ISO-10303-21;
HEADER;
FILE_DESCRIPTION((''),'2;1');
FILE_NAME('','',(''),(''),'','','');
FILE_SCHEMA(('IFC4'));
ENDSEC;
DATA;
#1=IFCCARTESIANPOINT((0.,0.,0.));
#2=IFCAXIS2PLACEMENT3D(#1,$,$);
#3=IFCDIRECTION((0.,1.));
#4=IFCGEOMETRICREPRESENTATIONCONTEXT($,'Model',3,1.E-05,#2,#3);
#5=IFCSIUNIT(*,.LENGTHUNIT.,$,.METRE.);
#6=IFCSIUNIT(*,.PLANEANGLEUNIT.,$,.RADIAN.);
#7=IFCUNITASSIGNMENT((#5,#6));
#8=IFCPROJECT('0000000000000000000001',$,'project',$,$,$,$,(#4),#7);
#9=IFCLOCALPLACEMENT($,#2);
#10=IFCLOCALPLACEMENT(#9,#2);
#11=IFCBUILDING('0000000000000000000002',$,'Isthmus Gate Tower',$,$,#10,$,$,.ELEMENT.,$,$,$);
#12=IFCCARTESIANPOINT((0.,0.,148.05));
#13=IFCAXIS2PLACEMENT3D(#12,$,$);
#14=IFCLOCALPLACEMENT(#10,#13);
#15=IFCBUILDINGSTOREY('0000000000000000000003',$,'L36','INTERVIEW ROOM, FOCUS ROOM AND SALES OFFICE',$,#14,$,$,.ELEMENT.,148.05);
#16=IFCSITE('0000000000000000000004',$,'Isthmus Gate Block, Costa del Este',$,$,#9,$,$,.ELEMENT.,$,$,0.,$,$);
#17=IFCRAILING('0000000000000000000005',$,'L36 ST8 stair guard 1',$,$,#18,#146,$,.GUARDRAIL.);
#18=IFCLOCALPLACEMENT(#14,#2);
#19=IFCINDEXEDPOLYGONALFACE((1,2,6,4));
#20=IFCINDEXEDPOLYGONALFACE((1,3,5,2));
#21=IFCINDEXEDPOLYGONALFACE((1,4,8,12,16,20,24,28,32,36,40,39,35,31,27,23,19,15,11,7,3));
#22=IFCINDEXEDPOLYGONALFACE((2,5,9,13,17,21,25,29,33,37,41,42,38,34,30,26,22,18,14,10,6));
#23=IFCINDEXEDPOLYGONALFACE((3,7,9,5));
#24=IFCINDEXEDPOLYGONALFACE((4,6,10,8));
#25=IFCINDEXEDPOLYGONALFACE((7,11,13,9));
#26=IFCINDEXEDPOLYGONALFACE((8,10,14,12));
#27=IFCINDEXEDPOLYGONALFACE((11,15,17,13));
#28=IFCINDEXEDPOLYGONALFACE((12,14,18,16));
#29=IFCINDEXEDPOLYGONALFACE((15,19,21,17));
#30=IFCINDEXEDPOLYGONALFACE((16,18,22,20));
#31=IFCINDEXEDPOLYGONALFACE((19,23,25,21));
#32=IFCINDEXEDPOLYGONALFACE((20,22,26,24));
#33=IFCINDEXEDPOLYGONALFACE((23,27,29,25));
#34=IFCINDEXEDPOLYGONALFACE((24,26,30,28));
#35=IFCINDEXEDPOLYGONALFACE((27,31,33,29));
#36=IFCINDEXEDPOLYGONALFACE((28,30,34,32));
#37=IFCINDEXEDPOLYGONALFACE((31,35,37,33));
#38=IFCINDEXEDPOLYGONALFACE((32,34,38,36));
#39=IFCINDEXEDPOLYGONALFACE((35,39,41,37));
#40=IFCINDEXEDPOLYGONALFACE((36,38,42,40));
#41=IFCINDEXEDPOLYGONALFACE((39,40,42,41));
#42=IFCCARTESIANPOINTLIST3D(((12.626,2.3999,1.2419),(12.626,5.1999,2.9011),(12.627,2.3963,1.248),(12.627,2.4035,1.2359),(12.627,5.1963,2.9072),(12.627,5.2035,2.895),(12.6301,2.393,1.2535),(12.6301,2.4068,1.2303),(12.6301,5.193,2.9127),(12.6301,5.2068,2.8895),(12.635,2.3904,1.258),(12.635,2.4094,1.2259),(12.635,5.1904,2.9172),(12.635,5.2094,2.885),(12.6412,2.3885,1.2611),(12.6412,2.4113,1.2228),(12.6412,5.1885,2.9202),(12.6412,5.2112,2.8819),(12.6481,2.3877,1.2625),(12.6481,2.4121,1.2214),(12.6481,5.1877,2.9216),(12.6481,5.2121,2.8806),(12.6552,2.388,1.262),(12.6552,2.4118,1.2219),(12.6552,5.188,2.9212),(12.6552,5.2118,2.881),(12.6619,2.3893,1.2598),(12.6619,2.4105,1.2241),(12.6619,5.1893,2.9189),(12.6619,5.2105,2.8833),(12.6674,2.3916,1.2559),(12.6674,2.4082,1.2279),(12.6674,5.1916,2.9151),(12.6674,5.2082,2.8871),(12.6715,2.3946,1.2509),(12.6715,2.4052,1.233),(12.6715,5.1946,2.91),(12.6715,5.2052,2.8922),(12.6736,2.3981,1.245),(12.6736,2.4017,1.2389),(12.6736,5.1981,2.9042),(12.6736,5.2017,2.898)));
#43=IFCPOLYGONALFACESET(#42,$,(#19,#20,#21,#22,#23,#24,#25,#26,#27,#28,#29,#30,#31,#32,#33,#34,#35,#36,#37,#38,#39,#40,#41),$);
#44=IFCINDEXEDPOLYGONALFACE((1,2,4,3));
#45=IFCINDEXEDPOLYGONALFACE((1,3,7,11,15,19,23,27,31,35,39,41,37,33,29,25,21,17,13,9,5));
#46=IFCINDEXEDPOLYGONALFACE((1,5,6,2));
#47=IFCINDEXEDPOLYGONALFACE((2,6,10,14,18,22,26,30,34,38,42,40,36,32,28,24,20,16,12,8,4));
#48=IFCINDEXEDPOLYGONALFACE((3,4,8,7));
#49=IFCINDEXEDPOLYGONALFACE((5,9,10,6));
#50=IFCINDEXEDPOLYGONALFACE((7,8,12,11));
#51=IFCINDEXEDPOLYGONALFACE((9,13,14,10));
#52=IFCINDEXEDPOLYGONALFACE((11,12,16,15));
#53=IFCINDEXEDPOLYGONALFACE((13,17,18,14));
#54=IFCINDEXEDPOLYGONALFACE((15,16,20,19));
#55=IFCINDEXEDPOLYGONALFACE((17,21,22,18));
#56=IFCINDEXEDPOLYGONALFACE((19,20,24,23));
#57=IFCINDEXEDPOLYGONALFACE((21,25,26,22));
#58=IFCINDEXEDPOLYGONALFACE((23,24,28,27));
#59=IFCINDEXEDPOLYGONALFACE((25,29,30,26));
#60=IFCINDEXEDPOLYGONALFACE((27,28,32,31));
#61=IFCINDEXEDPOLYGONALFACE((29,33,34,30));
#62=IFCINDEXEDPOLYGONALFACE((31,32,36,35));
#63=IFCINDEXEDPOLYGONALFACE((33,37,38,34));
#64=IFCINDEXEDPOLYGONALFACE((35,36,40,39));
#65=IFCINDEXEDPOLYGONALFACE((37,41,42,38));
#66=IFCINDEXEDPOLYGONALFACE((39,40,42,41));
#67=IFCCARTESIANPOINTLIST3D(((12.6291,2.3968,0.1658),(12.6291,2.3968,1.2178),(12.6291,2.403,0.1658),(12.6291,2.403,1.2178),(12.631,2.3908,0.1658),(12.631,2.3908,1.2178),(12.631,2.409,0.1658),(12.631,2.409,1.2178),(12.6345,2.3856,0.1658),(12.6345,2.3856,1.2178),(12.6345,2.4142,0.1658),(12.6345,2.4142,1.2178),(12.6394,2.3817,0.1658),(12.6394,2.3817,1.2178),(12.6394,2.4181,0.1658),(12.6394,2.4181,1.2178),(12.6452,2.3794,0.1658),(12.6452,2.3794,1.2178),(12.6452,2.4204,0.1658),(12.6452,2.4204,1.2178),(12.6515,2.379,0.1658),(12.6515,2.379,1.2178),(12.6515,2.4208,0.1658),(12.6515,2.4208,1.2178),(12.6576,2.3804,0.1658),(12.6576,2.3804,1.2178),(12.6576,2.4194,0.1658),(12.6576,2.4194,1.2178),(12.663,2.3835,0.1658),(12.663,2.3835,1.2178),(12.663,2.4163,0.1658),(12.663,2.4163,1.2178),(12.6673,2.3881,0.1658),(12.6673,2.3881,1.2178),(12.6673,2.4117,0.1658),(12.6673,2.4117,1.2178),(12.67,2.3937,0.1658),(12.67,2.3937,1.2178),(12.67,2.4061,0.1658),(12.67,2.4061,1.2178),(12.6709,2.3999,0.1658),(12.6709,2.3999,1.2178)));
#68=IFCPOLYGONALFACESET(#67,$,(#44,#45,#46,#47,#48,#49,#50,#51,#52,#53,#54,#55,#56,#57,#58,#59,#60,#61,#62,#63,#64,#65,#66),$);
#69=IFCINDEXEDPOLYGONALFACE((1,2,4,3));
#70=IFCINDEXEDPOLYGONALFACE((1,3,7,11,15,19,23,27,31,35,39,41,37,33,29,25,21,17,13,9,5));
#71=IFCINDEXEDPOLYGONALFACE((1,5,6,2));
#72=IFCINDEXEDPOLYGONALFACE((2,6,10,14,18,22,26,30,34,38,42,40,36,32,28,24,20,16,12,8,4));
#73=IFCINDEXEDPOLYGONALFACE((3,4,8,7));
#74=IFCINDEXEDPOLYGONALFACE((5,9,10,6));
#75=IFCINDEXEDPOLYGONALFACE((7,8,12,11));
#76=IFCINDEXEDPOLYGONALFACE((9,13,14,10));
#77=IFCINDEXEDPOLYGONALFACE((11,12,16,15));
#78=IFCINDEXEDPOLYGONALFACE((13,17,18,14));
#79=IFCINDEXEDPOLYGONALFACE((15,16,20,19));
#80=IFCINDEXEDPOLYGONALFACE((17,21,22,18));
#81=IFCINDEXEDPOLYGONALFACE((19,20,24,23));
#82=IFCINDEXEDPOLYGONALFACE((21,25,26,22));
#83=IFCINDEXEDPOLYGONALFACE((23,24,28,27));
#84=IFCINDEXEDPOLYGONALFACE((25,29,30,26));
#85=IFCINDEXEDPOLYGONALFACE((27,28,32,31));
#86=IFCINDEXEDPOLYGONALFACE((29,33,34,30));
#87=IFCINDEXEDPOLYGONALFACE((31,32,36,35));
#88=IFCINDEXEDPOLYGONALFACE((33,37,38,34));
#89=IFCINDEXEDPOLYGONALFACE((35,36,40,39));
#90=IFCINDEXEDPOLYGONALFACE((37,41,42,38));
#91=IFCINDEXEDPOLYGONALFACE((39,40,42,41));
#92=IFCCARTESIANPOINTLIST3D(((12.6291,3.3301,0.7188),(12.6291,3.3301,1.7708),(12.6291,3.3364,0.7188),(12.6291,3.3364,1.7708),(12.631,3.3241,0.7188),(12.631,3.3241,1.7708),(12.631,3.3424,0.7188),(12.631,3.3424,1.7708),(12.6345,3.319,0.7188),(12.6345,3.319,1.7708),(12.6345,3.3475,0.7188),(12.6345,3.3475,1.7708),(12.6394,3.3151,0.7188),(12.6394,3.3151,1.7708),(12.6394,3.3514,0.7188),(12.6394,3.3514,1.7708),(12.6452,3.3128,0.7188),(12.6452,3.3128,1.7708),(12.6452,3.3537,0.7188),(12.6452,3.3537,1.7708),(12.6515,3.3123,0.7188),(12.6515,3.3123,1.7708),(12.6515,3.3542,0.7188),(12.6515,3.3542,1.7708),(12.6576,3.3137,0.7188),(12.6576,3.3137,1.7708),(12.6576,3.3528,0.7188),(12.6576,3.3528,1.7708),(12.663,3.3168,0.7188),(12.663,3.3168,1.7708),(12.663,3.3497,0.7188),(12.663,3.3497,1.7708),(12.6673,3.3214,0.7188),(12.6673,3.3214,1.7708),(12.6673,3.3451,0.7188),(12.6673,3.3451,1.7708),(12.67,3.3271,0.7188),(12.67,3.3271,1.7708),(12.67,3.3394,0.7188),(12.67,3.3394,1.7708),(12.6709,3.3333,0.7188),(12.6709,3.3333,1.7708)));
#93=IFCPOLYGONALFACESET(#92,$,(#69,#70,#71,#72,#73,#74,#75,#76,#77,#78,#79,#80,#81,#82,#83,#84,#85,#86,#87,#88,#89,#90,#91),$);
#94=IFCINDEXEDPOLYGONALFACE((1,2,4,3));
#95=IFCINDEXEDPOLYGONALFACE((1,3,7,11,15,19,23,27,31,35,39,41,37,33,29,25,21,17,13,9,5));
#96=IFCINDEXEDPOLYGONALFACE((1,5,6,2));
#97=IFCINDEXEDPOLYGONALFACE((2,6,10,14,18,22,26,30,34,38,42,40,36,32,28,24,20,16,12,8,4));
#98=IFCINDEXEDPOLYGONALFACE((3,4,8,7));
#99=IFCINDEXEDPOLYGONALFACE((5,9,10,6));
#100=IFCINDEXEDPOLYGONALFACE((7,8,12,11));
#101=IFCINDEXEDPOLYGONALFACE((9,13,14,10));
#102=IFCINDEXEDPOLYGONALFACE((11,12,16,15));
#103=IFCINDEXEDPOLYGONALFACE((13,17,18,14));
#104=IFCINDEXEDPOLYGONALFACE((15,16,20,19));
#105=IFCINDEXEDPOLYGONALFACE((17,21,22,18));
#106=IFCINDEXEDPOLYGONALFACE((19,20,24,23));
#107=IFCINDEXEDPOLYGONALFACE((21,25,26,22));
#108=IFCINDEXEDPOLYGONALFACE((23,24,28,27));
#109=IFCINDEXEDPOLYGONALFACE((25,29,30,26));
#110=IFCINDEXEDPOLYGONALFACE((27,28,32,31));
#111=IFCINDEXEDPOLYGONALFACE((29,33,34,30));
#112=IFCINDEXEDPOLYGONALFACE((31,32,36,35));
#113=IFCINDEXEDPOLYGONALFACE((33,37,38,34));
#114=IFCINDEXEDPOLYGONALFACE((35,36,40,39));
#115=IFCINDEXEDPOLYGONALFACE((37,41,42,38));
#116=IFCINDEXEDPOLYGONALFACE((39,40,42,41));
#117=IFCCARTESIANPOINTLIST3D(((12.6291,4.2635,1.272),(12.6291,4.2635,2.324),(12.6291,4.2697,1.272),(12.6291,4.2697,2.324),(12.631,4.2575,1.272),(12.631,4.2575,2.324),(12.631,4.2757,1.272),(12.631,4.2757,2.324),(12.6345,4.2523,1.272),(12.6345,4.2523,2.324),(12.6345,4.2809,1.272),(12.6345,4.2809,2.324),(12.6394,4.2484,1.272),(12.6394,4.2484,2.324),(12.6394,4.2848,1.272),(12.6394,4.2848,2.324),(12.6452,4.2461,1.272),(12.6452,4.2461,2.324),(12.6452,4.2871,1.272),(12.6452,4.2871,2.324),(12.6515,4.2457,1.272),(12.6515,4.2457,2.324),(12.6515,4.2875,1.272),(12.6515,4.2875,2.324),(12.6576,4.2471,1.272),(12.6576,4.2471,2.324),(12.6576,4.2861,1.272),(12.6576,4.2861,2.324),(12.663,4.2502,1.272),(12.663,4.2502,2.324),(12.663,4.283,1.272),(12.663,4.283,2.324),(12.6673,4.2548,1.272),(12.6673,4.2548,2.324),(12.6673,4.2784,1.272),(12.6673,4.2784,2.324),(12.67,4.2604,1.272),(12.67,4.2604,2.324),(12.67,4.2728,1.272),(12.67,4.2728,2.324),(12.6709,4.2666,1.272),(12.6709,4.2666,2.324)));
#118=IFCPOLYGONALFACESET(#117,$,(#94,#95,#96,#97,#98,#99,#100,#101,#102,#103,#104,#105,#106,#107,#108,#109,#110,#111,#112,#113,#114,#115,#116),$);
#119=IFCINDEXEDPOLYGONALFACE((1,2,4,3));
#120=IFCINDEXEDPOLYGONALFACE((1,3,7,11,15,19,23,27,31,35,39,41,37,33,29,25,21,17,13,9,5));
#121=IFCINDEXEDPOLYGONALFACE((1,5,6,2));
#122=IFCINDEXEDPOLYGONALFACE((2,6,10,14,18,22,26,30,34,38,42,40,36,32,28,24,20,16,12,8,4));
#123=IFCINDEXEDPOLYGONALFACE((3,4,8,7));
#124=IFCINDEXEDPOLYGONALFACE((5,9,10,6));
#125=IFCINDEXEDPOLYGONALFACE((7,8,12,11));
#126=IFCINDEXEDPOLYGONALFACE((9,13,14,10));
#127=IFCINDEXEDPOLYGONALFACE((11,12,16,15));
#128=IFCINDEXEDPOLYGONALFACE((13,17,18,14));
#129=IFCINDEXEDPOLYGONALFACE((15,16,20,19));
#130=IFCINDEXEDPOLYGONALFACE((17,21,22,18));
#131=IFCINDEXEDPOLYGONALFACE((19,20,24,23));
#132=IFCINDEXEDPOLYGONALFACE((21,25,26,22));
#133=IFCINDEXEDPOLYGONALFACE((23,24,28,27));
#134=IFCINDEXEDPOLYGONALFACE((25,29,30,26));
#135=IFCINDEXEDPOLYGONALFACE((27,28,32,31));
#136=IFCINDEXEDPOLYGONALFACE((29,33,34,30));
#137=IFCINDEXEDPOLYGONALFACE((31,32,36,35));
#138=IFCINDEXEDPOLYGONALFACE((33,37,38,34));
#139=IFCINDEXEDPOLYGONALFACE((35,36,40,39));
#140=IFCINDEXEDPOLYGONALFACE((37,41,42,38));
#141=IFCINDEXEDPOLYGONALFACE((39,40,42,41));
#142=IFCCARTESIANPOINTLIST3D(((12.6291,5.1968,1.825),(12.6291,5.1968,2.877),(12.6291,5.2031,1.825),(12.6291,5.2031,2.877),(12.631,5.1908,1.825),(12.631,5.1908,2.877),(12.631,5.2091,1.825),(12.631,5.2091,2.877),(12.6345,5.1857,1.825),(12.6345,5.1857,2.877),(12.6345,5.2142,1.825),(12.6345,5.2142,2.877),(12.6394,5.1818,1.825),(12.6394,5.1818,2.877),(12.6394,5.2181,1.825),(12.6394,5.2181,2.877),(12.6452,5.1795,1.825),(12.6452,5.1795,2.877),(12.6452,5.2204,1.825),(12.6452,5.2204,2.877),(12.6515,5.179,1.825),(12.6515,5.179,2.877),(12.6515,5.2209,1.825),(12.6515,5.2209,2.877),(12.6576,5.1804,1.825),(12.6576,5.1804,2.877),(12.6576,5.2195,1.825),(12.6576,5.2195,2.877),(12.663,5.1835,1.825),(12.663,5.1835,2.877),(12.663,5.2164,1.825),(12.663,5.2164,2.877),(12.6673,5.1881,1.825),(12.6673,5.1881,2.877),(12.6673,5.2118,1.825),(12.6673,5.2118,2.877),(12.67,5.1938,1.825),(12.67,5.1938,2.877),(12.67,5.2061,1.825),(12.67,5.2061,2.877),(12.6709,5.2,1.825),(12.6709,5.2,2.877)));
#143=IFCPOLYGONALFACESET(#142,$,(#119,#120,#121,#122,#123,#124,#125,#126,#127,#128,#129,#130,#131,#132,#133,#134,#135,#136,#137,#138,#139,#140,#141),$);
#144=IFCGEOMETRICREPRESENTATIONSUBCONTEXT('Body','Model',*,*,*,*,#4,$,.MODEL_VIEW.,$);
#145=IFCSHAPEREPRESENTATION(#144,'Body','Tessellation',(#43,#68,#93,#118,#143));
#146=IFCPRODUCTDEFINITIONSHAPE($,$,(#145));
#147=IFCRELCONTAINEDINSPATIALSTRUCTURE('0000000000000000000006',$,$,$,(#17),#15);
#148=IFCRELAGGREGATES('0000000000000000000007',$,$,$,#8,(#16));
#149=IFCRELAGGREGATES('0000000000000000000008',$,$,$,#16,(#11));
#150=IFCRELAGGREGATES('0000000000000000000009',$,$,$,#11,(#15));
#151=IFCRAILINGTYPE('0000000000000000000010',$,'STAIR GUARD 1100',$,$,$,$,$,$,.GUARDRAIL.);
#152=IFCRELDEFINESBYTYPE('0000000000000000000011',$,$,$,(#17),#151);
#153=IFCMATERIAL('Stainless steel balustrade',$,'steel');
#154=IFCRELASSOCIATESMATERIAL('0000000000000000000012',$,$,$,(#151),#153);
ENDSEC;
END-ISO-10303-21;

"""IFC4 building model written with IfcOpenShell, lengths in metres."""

from ifc_helpers import new_model, si_unit, direction, frame, origin, origin_2d, place, context, subcontext, project, spatial, circle, extrude, material, type_object, element, save


model = new_model("IFC4")

# Units and contexts
model_context = context("Model", 3, precision=1e-05, world=origin(), true_north=direction((0.0, 1.0)))
body_context = subcontext(model_context, "Body", "Model", "MODEL_VIEW")
ifc_project = project(units=[si_unit("LENGTHUNIT", "METRE"), si_unit("PLANEANGLEUNIT", "RADIAN")], contexts=[model_context])

# Site, building, storey
site_placement = place(None, origin())
site = spatial("IfcSite", under=ifc_project, at=site_placement, Name="Isthmus Gate Block, Costa del Este", CompositionType="ELEMENT", RefElevation=0.0)
building_placement = place(site_placement, origin())
building = spatial("IfcBuilding", under=site, at=building_placement, Name="Isthmus Gate Tower", CompositionType="ELEMENT")
storey_placement = place(building_placement, frame((0.0, 0.0, 148.05)))
storey = spatial("IfcBuildingStorey", under=building, at=storey_placement, Name="L36", Description="INTERVIEW ROOM, FOCUS ROOM AND SALES OFFICE", CompositionType="ELEMENT", Elevation=148.05)

# Railing
ifc_material_1 = material(Name="Stainless steel balustrade", Category="steel")
railing_type_1 = type_object("IfcRailingType", Name="STAIR GUARD 1100", PredefinedType="GUARDRAIL", material=ifc_material_1)
railing_1_placement = place(storey_placement, frame((12.6499, 2.3999, 0.1658)))
element("IfcRailing", 1, at=railing_1_placement, inside=storey, type_object=railing_type_1, Name="L36 ST8 stair guard 1", PredefinedType="GUARDRAIL", context=body_context, shape_type="SweptSolid", body=[
    extrude(circle(Radius=0.0239, at=origin_2d()), frame((0.0, 0.0, 1.0762), z_axis=(0.0, 0.860306, 0.509778), x_axis=(-1.0, 0.0, 0.0)), (0.0, 0.0, 1.0), 3.2546),
    extrude(circle(Radius=0.021, at=origin_2d()), origin(), (0.0, 0.0, 1.0), 1.052),
    extrude(circle(Radius=0.021, at=origin_2d()), frame((0.0, 0.9333, 0.553)), (0.0, 0.0, 1.0), 1.052),
    extrude(circle(Radius=0.021, at=origin_2d()), frame((0.0, 1.8667, 1.1062)), (0.0, 0.0, 1.0), 1.052),
    extrude(circle(Radius=0.021, at=origin_2d()), frame((0.0, 2.8, 1.6592)), (0.0, 0.0, 1.0), 1.052),
])

save(model, "model.ifc")
